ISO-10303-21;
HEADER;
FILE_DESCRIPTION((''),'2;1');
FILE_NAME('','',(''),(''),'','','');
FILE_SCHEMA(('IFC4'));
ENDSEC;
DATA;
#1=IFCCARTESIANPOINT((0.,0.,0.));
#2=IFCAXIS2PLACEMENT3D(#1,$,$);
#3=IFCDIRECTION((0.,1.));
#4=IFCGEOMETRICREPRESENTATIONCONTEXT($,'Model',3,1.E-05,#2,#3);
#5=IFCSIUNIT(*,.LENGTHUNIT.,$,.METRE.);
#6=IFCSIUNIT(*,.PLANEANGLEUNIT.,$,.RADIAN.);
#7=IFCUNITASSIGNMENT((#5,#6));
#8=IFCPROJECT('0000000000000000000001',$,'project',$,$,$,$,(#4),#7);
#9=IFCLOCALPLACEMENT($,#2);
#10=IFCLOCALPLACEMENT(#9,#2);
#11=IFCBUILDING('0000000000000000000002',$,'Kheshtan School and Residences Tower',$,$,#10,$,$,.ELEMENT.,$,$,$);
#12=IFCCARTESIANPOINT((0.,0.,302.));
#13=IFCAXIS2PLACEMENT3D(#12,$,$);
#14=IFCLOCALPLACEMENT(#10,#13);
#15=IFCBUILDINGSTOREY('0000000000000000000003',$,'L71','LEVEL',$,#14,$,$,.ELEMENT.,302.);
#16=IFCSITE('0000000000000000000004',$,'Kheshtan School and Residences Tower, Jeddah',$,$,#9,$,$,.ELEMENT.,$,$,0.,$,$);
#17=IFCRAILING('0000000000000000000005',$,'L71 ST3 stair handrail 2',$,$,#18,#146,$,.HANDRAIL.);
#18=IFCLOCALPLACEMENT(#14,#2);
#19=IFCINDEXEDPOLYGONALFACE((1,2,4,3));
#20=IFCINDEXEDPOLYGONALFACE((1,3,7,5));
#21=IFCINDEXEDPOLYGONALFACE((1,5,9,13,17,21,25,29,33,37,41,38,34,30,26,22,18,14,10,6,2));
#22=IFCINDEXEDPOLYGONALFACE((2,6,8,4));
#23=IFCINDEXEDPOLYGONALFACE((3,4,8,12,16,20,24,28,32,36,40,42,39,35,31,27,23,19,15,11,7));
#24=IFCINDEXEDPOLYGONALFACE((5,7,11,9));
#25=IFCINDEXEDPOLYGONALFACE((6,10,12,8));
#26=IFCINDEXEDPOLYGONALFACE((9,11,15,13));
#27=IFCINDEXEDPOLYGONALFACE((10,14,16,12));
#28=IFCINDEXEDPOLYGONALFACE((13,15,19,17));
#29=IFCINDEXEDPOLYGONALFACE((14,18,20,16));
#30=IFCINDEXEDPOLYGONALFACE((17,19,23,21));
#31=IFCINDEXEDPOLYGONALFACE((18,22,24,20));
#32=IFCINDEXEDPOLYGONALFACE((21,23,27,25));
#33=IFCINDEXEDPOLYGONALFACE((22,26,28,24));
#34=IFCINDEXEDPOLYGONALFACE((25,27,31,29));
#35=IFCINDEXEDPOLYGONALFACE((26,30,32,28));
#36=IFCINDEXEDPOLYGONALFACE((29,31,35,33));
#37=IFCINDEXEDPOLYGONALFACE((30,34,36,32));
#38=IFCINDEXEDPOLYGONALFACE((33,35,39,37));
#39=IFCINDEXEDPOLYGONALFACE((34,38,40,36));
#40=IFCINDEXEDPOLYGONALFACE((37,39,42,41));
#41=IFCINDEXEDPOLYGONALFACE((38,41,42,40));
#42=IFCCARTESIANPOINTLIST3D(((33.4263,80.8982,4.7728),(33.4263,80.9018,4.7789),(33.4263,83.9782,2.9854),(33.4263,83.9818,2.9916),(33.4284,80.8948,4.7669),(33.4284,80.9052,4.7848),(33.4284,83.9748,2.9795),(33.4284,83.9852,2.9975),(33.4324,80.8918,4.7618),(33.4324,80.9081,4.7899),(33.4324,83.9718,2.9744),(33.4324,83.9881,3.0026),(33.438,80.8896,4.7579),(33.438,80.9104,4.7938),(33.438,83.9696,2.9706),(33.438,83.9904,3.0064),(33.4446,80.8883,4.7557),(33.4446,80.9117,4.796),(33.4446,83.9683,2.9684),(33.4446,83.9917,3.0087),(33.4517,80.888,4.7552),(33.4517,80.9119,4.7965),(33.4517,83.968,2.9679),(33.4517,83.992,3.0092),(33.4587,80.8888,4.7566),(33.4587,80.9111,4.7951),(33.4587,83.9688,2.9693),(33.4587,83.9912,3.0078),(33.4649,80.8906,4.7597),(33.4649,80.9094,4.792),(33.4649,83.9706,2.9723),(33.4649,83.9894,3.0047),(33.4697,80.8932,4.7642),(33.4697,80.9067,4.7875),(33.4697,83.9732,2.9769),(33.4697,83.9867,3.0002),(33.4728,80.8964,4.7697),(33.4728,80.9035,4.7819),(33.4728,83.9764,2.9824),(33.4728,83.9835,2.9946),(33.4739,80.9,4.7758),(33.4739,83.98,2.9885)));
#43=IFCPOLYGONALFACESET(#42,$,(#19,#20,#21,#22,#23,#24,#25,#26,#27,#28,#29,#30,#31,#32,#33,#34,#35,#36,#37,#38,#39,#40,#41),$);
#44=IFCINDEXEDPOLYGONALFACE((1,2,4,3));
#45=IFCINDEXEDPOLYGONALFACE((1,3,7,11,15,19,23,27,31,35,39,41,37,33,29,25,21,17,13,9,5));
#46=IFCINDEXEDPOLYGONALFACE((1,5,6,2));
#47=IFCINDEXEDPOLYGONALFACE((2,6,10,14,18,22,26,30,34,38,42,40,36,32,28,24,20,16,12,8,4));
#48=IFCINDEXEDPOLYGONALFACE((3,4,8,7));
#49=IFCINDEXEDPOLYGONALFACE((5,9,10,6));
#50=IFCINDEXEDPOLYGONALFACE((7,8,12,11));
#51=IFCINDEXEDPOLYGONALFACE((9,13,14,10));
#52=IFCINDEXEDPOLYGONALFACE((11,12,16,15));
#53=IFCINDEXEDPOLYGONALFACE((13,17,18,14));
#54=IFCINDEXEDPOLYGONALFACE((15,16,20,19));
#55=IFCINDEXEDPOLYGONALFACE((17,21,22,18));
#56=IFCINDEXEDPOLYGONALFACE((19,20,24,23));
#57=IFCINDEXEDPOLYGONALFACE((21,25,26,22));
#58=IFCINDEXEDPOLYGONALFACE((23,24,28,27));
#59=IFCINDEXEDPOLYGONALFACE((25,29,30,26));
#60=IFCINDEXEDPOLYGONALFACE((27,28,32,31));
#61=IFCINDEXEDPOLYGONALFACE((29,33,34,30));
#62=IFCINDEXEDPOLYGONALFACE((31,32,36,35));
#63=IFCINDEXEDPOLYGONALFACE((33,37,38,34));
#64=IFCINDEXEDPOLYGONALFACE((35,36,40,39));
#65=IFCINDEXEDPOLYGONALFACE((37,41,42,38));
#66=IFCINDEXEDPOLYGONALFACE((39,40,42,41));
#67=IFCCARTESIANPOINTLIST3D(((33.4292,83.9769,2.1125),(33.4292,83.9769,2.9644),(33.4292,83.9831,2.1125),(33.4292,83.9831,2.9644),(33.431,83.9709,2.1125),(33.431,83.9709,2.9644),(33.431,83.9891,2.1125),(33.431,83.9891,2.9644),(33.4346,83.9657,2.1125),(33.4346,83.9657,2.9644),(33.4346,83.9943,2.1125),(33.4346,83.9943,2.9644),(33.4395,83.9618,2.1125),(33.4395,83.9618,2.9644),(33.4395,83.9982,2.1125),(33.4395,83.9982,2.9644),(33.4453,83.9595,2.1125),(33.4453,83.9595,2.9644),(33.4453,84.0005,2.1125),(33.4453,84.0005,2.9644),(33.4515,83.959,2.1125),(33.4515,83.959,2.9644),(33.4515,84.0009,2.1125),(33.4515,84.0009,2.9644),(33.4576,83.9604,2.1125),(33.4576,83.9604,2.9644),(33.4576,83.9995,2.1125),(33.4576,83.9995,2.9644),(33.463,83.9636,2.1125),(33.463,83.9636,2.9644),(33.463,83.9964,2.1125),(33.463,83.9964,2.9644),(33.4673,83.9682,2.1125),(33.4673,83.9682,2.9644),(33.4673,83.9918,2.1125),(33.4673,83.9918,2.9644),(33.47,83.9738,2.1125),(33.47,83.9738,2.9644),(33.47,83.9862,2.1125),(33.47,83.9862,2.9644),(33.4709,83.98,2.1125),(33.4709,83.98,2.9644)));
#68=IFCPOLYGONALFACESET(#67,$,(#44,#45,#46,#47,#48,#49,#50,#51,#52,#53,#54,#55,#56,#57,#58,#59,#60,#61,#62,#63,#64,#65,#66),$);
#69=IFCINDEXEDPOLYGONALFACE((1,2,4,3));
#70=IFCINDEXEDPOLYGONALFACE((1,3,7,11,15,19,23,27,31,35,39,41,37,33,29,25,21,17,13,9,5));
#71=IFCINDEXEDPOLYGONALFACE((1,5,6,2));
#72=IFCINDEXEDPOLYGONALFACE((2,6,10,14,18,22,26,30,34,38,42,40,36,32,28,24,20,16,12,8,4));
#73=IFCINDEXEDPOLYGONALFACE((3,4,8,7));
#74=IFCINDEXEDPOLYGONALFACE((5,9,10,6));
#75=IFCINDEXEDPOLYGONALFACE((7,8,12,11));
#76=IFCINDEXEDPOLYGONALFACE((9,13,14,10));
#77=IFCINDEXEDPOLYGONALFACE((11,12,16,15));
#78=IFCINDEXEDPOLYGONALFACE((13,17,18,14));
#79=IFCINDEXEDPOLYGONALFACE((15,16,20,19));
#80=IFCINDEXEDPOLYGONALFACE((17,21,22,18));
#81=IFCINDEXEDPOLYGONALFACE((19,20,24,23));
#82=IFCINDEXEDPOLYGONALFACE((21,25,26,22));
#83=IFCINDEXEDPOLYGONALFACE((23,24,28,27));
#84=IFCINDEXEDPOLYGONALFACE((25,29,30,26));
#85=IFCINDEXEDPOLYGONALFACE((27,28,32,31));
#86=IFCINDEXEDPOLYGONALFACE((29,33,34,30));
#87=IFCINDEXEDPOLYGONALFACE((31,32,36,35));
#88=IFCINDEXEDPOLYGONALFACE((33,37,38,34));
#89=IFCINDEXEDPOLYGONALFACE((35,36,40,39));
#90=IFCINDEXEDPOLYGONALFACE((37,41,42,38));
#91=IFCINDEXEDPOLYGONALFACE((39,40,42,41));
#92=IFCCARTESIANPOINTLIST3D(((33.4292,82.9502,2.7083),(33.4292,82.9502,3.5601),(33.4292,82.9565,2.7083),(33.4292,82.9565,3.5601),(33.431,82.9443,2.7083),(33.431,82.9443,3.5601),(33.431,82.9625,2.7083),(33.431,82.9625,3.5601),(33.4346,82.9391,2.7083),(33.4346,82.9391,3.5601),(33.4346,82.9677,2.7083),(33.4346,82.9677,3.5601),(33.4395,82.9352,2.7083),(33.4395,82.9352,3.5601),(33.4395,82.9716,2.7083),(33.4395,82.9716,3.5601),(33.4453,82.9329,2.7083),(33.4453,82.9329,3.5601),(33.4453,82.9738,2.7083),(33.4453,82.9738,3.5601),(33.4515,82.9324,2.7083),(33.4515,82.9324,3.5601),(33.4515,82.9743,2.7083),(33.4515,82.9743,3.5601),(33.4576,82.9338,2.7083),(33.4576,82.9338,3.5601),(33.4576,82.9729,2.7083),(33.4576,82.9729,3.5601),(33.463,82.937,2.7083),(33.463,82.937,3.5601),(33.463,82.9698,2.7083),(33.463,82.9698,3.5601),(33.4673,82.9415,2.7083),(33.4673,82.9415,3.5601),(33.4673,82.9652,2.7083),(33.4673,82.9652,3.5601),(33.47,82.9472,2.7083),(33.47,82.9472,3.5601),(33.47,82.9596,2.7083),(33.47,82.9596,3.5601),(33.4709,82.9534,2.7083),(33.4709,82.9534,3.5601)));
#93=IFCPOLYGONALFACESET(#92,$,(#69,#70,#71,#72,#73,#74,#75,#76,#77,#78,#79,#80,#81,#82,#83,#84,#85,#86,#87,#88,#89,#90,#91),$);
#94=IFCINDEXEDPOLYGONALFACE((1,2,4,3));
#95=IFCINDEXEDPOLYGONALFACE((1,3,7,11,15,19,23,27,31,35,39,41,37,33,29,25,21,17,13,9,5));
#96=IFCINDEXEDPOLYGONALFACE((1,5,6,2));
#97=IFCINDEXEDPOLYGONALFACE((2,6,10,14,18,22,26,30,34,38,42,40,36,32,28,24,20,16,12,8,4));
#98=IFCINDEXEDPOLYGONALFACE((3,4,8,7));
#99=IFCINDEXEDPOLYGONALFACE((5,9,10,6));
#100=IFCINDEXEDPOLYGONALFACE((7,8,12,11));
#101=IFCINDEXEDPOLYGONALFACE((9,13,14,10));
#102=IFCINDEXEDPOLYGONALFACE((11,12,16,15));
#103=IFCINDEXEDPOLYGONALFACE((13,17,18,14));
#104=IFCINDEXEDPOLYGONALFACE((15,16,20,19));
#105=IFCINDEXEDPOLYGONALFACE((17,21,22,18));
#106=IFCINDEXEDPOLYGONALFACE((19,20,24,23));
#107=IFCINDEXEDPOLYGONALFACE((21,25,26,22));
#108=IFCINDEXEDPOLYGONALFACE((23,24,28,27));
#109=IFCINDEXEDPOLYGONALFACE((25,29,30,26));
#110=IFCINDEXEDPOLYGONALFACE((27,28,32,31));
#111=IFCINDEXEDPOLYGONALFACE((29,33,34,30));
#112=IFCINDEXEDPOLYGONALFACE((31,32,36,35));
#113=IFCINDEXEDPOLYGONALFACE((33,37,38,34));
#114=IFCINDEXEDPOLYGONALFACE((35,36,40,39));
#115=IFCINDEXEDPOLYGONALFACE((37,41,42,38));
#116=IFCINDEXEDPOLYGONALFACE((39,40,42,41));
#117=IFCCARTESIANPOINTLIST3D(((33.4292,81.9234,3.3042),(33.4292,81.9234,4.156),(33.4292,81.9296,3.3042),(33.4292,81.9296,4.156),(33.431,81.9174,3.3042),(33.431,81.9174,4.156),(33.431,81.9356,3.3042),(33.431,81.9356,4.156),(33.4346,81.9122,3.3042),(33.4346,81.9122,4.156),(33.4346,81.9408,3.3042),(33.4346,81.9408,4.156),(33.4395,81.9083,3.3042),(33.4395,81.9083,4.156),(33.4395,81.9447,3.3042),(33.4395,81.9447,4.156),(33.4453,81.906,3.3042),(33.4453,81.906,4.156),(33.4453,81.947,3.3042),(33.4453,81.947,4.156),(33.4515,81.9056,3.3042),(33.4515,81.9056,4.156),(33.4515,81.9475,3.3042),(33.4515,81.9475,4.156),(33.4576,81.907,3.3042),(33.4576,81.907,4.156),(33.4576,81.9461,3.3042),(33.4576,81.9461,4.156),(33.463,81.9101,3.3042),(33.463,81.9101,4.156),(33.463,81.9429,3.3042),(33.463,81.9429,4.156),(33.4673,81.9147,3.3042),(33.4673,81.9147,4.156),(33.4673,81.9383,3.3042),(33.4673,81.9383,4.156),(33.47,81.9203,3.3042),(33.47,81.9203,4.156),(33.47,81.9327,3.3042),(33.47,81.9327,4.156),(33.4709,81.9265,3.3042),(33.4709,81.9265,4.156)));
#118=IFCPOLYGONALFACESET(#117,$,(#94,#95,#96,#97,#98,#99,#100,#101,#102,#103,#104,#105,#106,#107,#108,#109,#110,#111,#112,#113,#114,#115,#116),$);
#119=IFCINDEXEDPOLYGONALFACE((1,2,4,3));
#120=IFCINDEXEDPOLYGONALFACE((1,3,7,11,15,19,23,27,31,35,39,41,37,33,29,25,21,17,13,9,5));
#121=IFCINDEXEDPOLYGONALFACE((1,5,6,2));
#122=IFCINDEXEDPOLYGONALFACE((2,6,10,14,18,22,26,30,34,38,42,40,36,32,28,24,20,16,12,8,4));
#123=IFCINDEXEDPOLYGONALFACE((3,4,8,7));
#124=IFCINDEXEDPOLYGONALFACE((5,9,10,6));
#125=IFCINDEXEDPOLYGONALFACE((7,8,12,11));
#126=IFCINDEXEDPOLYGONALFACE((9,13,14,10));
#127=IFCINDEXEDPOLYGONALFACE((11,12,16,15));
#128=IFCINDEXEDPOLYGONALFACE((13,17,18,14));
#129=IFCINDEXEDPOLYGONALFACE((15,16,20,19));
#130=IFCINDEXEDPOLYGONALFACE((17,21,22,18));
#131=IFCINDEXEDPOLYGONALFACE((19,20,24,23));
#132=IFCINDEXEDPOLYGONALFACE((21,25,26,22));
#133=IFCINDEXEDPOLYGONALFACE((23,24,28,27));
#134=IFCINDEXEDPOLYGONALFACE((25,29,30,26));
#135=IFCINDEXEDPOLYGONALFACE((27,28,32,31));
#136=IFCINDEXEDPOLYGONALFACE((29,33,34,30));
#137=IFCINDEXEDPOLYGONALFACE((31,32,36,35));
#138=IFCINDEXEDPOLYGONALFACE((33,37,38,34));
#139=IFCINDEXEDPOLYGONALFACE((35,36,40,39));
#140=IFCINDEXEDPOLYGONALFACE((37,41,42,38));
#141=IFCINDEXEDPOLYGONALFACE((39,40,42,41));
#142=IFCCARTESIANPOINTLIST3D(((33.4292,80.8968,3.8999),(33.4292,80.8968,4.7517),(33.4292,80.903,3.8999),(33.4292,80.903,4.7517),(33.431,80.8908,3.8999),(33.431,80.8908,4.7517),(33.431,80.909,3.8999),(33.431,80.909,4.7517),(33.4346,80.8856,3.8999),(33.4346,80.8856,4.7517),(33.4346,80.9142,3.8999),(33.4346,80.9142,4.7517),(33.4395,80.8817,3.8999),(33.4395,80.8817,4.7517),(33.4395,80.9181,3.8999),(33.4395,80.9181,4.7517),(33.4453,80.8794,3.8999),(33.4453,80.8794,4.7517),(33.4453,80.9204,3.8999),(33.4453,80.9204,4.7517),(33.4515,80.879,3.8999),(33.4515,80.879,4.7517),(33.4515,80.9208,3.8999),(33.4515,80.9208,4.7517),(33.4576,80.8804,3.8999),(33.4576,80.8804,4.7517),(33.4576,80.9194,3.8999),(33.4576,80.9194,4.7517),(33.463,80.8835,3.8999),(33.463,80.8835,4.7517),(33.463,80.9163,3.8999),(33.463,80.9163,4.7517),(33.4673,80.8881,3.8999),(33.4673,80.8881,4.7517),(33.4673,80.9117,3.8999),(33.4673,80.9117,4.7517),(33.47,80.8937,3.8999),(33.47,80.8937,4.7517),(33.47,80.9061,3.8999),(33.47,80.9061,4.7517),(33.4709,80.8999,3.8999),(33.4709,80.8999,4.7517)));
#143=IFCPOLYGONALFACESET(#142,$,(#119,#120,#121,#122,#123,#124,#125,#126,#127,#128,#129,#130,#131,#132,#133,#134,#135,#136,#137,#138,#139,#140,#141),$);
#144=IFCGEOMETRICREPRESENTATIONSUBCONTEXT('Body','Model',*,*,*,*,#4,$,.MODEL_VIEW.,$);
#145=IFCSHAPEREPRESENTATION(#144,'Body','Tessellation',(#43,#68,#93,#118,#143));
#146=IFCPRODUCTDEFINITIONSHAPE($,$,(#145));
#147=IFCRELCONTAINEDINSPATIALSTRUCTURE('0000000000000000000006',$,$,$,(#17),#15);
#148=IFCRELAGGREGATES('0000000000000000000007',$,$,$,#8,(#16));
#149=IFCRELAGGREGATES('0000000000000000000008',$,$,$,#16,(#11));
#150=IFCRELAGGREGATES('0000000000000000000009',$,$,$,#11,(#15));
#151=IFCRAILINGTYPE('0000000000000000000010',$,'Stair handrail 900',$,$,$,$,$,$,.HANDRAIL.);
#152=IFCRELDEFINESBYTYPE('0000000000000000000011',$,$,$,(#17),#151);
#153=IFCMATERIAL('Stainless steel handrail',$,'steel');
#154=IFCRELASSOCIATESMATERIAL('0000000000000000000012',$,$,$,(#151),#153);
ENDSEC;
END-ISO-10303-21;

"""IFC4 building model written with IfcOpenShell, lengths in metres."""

from ifc_helpers import new_model, si_unit, direction, frame, origin, origin_2d, place, context, subcontext, project, spatial, circle, extrude, material, type_object, element, save


model = new_model("IFC4")

# Units and contexts
model_context = context("Model", 3, precision=1e-05, world=origin(), true_north=direction((0.0, 1.0)))
body_context = subcontext(model_context, "Body", "Model", "MODEL_VIEW")
ifc_project = project(units=[si_unit("LENGTHUNIT", "METRE"), si_unit("PLANEANGLEUNIT", "RADIAN")], contexts=[model_context])

# Site, building, storey
site_placement = place(None, origin())
site = spatial("IfcSite", under=ifc_project, at=site_placement, Name="Kheshtan School and Residences Tower, Jeddah", CompositionType="ELEMENT", RefElevation=0.0)
building_placement = place(site_placement, origin())
building = spatial("IfcBuilding", under=site, at=building_placement, Name="Kheshtan School and Residences Tower", CompositionType="ELEMENT")
storey_placement = place(building_placement, frame((0.0, 0.0, 302.0)))
storey = spatial("IfcBuildingStorey", under=building, at=storey_placement, Name="L71", Description="LEVEL", CompositionType="ELEMENT", Elevation=302.0)

# Railing
ifc_material_1 = material(Name="Stainless steel handrail", Category="steel")
railing_type_1 = type_object("IfcRailingType", Name="Stair handrail 900", PredefinedType="HANDRAIL", material=ifc_material_1)
railing_1_placement = place(storey_placement, frame((33.45, 83.98, 2.1125)))
element("IfcRailing", 1, at=railing_1_placement, inside=storey, type_object=railing_type_1, Name="L71 ST3 stair handrail 2", PredefinedType="HANDRAIL", context=body_context, shape_type="SweptSolid", body=[
    extrude(circle(Radius=0.0239, at=origin_2d()), frame((0.0, 0.0, 0.876), z_axis=(0.0, -0.86492, 0.501909), x_axis=(1.0, 0.0, 0.0)), (0.0, 0.0, 1.0), 3.561),
    extrude(circle(Radius=0.021, at=origin_2d()), origin(), (0.0, 0.0, 1.0), 0.8518),
    extrude(circle(Radius=0.021, at=origin_2d()), frame((0.0, -1.0266, 0.5957)), (0.0, 0.0, 1.0), 0.8518),
    extrude(circle(Radius=0.021, at=origin_2d()), frame((0.0, -2.0535, 1.1917)), (0.0, 0.0, 1.0), 0.8518),
    extrude(circle(Radius=0.021, at=origin_2d()), frame((0.0, -3.0801, 1.7874)), (0.0, 0.0, 1.0), 0.8518),
])

save(model, "model.ifc")
